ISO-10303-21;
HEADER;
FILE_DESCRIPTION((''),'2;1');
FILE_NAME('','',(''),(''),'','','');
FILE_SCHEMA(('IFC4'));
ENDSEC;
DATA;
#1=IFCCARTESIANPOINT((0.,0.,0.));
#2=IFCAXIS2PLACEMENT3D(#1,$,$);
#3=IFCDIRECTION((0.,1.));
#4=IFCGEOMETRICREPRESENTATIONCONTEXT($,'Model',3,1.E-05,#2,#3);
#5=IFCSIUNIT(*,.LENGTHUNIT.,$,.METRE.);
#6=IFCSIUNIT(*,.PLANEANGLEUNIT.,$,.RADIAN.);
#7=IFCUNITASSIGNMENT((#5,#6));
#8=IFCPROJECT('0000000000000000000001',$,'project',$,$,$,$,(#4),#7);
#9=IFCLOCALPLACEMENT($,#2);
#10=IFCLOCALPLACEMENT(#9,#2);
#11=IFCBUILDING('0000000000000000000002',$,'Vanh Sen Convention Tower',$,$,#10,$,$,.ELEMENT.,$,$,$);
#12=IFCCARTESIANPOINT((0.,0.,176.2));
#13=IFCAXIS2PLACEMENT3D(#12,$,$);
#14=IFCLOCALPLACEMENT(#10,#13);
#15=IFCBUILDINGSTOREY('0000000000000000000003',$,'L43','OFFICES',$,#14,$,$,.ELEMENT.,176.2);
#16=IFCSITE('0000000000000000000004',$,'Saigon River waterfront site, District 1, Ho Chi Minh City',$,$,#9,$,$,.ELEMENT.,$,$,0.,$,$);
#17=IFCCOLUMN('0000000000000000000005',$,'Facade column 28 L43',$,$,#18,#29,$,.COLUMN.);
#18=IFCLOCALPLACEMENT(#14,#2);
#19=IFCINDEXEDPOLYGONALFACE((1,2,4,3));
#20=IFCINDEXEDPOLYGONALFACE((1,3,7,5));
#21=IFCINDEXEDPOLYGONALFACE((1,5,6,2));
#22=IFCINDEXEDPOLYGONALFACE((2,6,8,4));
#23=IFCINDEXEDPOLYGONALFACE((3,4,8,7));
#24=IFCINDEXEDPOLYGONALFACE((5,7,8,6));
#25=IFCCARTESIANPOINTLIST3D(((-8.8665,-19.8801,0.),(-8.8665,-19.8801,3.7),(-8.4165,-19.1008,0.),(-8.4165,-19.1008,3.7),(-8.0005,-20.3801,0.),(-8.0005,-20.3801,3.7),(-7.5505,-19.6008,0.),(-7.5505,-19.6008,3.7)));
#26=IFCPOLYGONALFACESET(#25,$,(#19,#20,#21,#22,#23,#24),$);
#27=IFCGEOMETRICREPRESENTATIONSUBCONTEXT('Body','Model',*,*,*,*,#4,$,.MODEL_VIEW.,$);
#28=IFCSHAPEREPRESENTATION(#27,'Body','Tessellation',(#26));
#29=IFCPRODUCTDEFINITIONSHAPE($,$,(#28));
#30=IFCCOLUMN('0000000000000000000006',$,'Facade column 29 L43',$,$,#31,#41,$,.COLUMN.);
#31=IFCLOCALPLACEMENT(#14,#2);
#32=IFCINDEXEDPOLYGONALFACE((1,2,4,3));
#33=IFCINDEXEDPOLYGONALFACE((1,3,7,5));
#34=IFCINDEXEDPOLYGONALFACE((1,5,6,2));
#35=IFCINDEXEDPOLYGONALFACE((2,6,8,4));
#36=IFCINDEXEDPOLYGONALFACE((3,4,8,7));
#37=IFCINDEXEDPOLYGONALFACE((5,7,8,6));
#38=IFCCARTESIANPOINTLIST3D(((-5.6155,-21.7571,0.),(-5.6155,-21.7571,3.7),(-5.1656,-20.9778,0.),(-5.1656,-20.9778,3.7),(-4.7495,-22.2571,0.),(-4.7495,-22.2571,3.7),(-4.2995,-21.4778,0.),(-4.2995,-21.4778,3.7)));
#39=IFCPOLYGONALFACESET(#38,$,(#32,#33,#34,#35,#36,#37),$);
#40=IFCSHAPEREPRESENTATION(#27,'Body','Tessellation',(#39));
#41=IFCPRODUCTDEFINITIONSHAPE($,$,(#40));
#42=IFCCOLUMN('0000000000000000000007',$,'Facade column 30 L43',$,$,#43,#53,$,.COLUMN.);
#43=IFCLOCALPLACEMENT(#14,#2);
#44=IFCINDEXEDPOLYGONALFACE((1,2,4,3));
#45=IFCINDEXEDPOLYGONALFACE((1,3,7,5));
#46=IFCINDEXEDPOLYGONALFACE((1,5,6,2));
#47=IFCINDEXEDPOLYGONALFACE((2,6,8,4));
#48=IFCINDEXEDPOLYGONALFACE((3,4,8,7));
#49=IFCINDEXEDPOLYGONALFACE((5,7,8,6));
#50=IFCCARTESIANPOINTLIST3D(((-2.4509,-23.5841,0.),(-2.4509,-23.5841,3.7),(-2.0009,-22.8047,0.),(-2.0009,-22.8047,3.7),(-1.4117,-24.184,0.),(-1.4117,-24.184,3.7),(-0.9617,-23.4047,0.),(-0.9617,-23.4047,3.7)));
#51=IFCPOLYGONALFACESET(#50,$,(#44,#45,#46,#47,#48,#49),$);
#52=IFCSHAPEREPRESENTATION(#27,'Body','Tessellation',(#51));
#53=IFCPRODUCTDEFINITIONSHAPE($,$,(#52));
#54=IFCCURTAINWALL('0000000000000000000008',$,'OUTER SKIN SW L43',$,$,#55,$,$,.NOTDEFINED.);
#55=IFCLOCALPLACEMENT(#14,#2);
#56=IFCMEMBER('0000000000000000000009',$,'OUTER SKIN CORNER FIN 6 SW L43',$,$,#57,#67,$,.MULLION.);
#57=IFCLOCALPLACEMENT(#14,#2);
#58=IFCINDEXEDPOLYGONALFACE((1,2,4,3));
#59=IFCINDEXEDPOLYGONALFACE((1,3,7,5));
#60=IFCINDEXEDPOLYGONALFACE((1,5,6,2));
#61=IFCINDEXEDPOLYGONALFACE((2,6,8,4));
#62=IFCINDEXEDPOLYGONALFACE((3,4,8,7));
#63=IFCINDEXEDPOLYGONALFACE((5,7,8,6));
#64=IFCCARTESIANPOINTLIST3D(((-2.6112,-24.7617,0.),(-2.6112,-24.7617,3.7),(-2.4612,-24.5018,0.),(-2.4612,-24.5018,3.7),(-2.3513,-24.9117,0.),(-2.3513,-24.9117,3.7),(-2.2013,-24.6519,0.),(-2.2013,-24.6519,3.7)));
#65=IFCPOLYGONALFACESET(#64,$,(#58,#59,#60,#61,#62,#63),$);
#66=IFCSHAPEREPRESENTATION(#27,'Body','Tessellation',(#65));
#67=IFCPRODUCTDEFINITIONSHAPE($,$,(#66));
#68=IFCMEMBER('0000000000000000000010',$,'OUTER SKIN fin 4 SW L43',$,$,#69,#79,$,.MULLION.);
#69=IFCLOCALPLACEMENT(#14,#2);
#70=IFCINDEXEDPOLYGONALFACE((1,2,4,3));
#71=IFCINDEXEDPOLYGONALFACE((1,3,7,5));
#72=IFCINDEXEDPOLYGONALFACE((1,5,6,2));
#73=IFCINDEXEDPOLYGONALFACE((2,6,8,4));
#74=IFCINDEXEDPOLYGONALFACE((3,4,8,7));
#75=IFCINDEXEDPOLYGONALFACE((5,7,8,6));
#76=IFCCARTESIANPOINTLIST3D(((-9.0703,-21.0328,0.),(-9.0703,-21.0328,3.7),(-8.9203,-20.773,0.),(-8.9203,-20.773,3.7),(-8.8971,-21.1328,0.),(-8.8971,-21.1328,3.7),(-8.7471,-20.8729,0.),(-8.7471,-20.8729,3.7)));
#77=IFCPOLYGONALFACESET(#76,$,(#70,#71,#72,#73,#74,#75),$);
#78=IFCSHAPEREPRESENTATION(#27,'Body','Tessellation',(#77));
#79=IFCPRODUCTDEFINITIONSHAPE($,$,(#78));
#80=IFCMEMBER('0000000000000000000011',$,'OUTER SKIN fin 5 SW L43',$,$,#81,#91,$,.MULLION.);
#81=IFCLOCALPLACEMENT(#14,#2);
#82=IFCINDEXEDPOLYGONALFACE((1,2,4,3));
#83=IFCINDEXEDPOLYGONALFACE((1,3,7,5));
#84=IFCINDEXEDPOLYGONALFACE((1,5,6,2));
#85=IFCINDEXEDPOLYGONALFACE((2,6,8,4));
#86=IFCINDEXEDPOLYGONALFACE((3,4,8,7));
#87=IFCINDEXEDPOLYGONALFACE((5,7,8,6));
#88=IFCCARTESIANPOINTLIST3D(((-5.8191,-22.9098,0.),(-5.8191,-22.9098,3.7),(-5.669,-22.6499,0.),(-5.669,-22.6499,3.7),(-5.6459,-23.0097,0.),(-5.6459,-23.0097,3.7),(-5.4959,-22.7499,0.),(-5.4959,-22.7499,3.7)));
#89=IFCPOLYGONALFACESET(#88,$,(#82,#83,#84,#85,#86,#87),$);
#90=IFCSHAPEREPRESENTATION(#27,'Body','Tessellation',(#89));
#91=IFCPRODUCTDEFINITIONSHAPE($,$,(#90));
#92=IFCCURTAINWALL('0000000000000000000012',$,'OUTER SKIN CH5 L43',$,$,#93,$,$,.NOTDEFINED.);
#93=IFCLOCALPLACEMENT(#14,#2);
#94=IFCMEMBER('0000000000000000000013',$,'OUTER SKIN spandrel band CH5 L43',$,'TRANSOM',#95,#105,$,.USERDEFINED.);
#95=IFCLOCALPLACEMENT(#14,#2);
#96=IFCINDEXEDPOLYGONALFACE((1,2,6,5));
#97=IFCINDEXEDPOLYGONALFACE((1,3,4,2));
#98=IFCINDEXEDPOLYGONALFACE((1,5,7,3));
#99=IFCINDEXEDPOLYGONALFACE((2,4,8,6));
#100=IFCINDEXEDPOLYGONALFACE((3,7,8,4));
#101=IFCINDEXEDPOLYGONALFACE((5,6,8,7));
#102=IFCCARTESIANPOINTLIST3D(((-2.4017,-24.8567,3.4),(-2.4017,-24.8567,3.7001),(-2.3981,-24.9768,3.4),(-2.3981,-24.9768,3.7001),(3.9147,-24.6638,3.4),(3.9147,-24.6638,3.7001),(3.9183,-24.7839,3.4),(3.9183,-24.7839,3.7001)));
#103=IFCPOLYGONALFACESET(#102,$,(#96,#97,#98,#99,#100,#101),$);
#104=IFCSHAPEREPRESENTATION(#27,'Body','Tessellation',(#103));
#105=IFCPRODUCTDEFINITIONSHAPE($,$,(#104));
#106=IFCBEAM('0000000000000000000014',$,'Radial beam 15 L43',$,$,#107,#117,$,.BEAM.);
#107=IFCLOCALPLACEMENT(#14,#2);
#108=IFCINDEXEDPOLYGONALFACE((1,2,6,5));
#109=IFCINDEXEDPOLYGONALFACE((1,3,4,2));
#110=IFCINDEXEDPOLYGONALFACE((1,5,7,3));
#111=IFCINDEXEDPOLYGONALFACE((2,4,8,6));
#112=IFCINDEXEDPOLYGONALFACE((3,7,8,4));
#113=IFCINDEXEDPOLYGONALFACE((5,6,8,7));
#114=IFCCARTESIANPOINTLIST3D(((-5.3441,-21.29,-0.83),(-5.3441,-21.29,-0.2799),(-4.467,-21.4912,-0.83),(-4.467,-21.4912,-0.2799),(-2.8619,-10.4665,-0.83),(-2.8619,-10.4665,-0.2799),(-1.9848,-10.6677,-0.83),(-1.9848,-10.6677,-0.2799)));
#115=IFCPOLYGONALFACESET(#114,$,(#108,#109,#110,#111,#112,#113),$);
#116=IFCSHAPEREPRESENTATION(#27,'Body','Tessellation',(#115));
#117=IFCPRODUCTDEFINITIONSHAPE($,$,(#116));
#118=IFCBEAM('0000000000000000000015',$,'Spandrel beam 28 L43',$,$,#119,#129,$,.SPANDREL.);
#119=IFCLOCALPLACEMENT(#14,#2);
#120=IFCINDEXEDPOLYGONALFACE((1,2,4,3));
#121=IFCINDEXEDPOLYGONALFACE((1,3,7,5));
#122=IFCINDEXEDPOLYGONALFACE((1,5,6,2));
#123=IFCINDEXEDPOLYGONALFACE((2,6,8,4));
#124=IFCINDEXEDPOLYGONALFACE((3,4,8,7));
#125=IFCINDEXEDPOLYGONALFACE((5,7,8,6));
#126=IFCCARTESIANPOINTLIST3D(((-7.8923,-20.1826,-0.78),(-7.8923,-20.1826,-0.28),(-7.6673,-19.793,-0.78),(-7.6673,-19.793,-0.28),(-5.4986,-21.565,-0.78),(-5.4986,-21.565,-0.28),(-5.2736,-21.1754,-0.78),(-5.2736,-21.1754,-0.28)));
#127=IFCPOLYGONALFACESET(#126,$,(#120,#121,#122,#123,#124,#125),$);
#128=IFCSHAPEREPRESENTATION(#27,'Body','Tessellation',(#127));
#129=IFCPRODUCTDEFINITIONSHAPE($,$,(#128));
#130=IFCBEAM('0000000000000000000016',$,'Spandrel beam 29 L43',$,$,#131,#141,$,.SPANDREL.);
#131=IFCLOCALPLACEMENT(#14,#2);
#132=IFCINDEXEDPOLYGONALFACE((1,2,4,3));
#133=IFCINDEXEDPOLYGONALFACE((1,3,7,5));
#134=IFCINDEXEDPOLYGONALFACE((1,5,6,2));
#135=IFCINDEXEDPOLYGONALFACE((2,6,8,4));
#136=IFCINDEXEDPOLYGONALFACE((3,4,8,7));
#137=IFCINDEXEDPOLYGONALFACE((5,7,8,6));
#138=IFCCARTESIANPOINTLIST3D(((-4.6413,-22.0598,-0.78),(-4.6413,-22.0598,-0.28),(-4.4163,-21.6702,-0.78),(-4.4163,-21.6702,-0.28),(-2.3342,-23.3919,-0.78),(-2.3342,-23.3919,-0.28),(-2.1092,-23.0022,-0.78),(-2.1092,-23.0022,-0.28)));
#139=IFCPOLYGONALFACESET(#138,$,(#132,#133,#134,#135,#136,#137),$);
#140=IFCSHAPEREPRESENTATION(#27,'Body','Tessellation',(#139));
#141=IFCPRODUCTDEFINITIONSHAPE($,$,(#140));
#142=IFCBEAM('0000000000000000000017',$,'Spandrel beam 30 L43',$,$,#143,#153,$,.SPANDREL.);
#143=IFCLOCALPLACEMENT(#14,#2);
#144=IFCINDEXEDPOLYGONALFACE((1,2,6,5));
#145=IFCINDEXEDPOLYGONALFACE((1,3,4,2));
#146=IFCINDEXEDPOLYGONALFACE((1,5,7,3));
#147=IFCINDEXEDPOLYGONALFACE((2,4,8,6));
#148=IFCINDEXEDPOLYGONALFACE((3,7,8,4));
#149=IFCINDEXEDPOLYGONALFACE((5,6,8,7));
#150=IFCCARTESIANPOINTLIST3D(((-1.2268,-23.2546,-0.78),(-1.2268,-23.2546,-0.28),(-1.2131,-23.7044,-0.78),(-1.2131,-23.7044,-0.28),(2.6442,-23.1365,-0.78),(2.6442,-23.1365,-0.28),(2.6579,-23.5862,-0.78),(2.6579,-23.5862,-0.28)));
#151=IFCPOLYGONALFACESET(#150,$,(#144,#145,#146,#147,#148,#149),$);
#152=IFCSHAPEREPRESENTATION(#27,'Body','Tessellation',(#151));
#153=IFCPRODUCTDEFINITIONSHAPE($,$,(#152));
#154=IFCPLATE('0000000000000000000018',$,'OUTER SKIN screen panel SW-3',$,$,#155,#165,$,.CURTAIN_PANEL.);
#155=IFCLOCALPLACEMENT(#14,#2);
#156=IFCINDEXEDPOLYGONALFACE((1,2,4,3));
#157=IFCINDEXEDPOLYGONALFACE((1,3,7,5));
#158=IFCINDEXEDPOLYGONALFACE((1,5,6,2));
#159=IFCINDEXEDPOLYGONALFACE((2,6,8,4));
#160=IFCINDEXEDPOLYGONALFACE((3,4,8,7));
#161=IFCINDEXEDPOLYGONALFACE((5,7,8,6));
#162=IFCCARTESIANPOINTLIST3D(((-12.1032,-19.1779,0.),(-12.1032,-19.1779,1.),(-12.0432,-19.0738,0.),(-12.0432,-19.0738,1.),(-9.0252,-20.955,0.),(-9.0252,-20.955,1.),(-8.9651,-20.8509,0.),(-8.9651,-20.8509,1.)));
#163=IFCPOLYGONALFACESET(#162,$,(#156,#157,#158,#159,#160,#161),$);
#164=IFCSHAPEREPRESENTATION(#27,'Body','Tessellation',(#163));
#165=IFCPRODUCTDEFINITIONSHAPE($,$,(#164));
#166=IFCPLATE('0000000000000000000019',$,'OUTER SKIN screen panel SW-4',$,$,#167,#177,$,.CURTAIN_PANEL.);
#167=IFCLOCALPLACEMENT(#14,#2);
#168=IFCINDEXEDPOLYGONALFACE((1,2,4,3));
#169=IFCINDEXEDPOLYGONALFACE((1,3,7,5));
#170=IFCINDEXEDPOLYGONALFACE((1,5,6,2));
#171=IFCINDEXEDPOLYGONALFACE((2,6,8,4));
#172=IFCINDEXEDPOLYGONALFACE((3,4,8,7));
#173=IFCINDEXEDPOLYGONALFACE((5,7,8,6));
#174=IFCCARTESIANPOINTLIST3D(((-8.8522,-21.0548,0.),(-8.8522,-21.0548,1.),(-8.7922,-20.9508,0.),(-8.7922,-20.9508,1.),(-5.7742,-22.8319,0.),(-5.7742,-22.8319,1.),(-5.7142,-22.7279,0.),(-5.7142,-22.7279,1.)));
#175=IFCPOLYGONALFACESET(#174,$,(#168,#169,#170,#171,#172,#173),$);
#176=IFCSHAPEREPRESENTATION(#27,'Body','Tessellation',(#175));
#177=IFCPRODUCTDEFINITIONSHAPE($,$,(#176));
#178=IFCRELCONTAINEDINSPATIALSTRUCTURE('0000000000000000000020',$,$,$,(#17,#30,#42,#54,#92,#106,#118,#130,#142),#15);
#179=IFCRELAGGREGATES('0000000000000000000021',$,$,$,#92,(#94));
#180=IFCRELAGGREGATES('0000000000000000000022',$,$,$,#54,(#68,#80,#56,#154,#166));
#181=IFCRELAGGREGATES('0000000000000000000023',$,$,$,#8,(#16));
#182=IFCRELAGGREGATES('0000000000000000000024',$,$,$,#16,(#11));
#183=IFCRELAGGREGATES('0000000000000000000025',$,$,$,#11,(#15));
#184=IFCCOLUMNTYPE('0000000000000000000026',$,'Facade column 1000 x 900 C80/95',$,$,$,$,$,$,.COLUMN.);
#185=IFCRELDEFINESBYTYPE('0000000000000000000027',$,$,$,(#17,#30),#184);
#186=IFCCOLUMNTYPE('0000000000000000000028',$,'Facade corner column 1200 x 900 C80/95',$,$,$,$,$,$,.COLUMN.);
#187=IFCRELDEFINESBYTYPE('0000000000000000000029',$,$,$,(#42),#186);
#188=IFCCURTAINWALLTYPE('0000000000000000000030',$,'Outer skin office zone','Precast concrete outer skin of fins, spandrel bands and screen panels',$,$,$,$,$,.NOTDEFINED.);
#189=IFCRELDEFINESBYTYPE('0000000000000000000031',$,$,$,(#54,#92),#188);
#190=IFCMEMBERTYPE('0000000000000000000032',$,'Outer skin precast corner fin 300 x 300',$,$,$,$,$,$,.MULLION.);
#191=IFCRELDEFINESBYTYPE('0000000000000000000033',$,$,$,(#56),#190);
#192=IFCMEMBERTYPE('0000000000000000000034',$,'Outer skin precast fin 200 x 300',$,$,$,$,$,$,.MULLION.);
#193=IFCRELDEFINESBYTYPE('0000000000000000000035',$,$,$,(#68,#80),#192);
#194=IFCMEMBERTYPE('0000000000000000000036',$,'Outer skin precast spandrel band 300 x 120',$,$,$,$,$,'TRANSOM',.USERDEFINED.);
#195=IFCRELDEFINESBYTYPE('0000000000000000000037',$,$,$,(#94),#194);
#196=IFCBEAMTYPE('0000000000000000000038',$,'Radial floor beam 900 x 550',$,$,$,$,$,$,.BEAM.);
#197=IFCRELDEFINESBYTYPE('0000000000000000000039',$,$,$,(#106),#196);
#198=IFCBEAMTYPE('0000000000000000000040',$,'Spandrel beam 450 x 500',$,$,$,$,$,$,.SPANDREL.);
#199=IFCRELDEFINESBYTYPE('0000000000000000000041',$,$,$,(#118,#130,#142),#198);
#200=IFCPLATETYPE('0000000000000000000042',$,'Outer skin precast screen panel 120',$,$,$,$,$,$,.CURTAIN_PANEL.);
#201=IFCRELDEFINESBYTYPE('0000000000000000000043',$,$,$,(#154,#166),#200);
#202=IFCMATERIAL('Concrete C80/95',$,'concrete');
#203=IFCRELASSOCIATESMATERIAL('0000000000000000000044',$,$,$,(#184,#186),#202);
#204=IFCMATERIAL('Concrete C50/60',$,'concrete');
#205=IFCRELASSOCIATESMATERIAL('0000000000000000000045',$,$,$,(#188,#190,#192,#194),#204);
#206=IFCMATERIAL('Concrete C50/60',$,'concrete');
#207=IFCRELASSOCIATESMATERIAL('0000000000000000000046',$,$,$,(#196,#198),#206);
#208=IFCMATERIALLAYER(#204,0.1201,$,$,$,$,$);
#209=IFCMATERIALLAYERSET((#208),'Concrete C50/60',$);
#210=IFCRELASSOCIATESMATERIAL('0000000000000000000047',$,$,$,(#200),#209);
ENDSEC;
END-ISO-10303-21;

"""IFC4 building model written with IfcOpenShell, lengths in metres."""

from ifc_helpers import new_model, si_unit, direction, frame, origin, origin_2d, place, context, subcontext, project, spatial, rectangle, extrude, material, layer, layer_set, material_profile, profile_set, type_object, element, aggregate, save


model = new_model("IFC4")

# Units and contexts
model_context = context("Model", 3, precision=1e-05, world=origin(), true_north=direction((0.0, 1.0)))
body_context = subcontext(model_context, "Body", "Model", "MODEL_VIEW")
ifc_project = project(units=[si_unit("LENGTHUNIT", "METRE"), si_unit("PLANEANGLEUNIT", "RADIAN")], contexts=[model_context])

# Site, building, storey
site_placement = place(None, origin())
site = spatial("IfcSite", under=ifc_project, at=site_placement, Name="Saigon River waterfront site, District 1, Ho Chi Minh City", CompositionType="ELEMENT", RefElevation=0.0)
building_placement = place(site_placement, origin())
building = spatial("IfcBuilding", under=site, at=building_placement, Name="Vanh Sen Convention Tower", CompositionType="ELEMENT")
storey_placement = place(building_placement, frame((0.0, 0.0, 176.2)))
storey = spatial("IfcBuildingStorey", under=building, at=storey_placement, Name="L43", Description="OFFICES", CompositionType="ELEMENT", Elevation=176.2)

# Columns
ifc_material_1 = material(Name="Concrete C80/95", Category="concrete")
ifc_material_profile_1 = material_profile(ifc_material_1, rectangle(XDim=1.0, YDim=0.8999, at=origin_2d()), Name="RC 1000X900")
ifc_profile_set_1 = profile_set([ifc_material_profile_1], Name="Concrete C80/95")
column_type_1 = type_object("IfcColumnType", Name="Facade column 1000 x 900 C80/95", PredefinedType="COLUMN", material=ifc_profile_set_1)
for number, where, z_axis, x_axis, name in (
    (1, (-8.2085, -19.7405, 0.0), (0.0, 0.0, 1.0), (0.866025, -0.5, 0.0), "Facade column 28 L43"),
    (2, (-4.9575, -21.6174, 0.0), (0.0, 0.0, 1.0), (0.866025, -0.5, 0.0), "Facade column 29 L43"),
):
    element("IfcColumn", number, at=place(storey_placement, frame(where, z_axis=z_axis, x_axis=x_axis)), inside=storey, type_object=column_type_1, Name=name, PredefinedType="COLUMN", context=body_context, shape_type="SweptSolid", body=[
        extrude(rectangle(XDim=1.0, YDim=0.8999, at=origin_2d()), origin(), (0.0, 0.0, 1.0), 3.7),
    ])
ifc_material_profile_2 = material_profile(ifc_material_1, rectangle(XDim=1.2, YDim=0.8999, at=origin_2d()), Name="RC 1200X900")
ifc_profile_set_2 = profile_set([ifc_material_profile_2], Name="Concrete C80/95")
column_type_2 = type_object("IfcColumnType", Name="Facade corner column 1200 x 900 C80/95", PredefinedType="COLUMN", material=ifc_profile_set_2)
column_placement = place(storey_placement, frame((-1.7063, -23.4944, 0.0), z_axis=(0.0, 0.0, 1.0), x_axis=(0.866025, -0.5, 0.0)))
element("IfcColumn", 3, at=column_placement, inside=storey, type_object=column_type_2, Name="Facade column 30 L43", PredefinedType="COLUMN", context=body_context, shape_type="SweptSolid", body=[
    extrude(rectangle(XDim=1.2, YDim=0.8999, at=origin_2d()), origin(), (0.0, 0.0, 1.0), 3.7),
])

# Curtain wall, members
ifc_material_2 = material(Name="Concrete C50/60", Category="concrete")
curtain_wall_type = type_object("IfcCurtainWallType", Name="Outer skin office zone", Description="Precast concrete outer skin of fins, spandrel bands and screen panels", PredefinedType="NOTDEFINED", material=ifc_material_2)
curtain_wall_1_placement = place(storey_placement, origin())
curtain_wall_1 = element("IfcCurtainWall", 4, at=curtain_wall_1_placement, inside=storey, type_object=curtain_wall_type, Name="OUTER SKIN SW L43", PredefinedType="NOTDEFINED")
ifc_material_profile_3 = material_profile(ifc_material_2, rectangle(XDim=0.3, YDim=0.3, at=origin_2d()), Name="Outer skin precast corner fin 300 x 300")
ifc_profile_set_3 = profile_set([ifc_material_profile_3], Name="Concrete C50/60")
member_type_1 = type_object("IfcMemberType", Name="Outer skin precast corner fin 300 x 300", PredefinedType="MULLION", material=ifc_profile_set_3)
member_1_placement = place(storey_placement, frame((-2.4062, -24.7068, 0.0), z_axis=(0.0, 0.0, 1.0), x_axis=(0.866025, -0.5, 0.0)))
member_1 = element("IfcMember", 5, at=member_1_placement, type_object=member_type_1, Name="OUTER SKIN CORNER FIN 6 SW L43", PredefinedType="MULLION", context=body_context, shape_type="SweptSolid", body=[
    extrude(rectangle(XDim=0.3, YDim=0.3, at=origin_2d()), origin(), (0.0, 0.0, 1.0), 3.7),
])
ifc_material_profile_4 = material_profile(ifc_material_2, rectangle(XDim=0.2, YDim=0.3, at=origin_2d()), Name="Outer skin precast fin 200 x 300")
ifc_profile_set_4 = profile_set([ifc_material_profile_4], Name="Concrete C50/60")
member_type_2 = type_object("IfcMemberType", Name="Outer skin precast fin 200 x 300", PredefinedType="MULLION", material=ifc_profile_set_4)
member_2_placement = place(storey_placement, frame((-8.9087, -20.9529, 0.0), z_axis=(0.0, 0.0, 1.0), x_axis=(0.866025, -0.5, 0.0)))
member_2 = element("IfcMember", 6, at=member_2_placement, type_object=member_type_2, Name="OUTER SKIN fin 4 SW L43", PredefinedType="MULLION", context=body_context, shape_type="SweptSolid", body=[
    extrude(rectangle(XDim=0.2, YDim=0.3, at=origin_2d()), origin(), (0.0, 0.0, 1.0), 3.7),
])
member_3_placement = place(storey_placement, frame((-5.6575, -22.8298, 0.0), z_axis=(0.0, 0.0, 1.0), x_axis=(0.866025, -0.5, 0.0)))
member_3 = element("IfcMember", 7, at=member_3_placement, type_object=member_type_2, Name="OUTER SKIN fin 5 SW L43", PredefinedType="MULLION", context=body_context, shape_type="SweptSolid", body=[
    extrude(rectangle(XDim=0.2, YDim=0.3, at=origin_2d()), origin(), (0.0, 0.0, 1.0), 3.7),
])

# Curtain wall, member
curtain_wall_2_placement = place(storey_placement, origin())
curtain_wall_2 = element("IfcCurtainWall", 8, at=curtain_wall_2_placement, inside=storey, type_object=curtain_wall_type, Name="OUTER SKIN CH5 L43", PredefinedType="NOTDEFINED")
ifc_material_profile_5 = material_profile(ifc_material_2, rectangle(XDim=0.1201, YDim=0.3, at=origin_2d()), Name="Outer skin precast spandrel band 300 x 120")
ifc_profile_set_5 = profile_set([ifc_material_profile_5], Name="Concrete C50/60")
member_type_3 = type_object("IfcMemberType", Name="Outer skin precast spandrel band 300 x 120", ElementType="TRANSOM", PredefinedType="USERDEFINED", material=ifc_profile_set_5)
member_4_placement = place(storey_placement, frame((-2.3999, -24.9167, 3.55), z_axis=(0.999534, 0.030521, 0.0), x_axis=(-0.030521, 0.999534, 0.0)))
member_4 = element("IfcMember", 9, at=member_4_placement, type_object=member_type_3, Name="OUTER SKIN spandrel band CH5 L43", ObjectType="TRANSOM", PredefinedType="USERDEFINED", context=body_context, shape_type="SweptSolid", body=[
    extrude(rectangle(XDim=0.1201, YDim=0.3, at=origin_2d()), origin(), (0.0, 0.0, 1.0), 6.3193),
])
aggregate(curtain_wall_2, [member_4])

# Beams
ifc_material_3 = material(Name="Concrete C50/60", Category="concrete")
ifc_material_profile_6 = material_profile(ifc_material_3, rectangle(XDim=0.8999, YDim=0.55, at=origin_2d()), Name="RC 900X550")
ifc_profile_set_6 = profile_set([ifc_material_profile_6], Name="Concrete C50/60")
beam_type_1 = type_object("IfcBeamType", Name="Radial floor beam 900 x 550", PredefinedType="BEAM", material=ifc_profile_set_6)
beam_1_placement = place(storey_placement, frame((-4.9055, -21.3906, -0.5549), z_axis=(0.22353, 0.974697, 0.0), x_axis=(-0.974697, 0.22353, 0.0)))
element("IfcBeam", 10, at=beam_1_placement, inside=storey, type_object=beam_type_1, Name="Radial beam 15 L43", PredefinedType="BEAM", context=body_context, shape_type="SweptSolid", body=[
    extrude(rectangle(XDim=0.8999, YDim=0.55, at=origin_2d()), origin(), (0.0, 0.0, 1.0), 11.1045),
])
ifc_material_profile_7 = material_profile(ifc_material_3, rectangle(XDim=0.45, YDim=0.5, at=origin_2d()), Name="RC 450X500")
ifc_profile_set_7 = profile_set([ifc_material_profile_7], Name="Concrete C50/60")
beam_type_2 = type_object("IfcBeamType", Name="Spandrel beam 450 x 500", PredefinedType="SPANDREL", material=ifc_profile_set_7)
beam_2_placement = place(storey_placement, frame((-7.7798, -19.9878, -0.53), z_axis=(0.865962, -0.50011, 0.0), x_axis=(0.50011, 0.865962, 0.0)))
element("IfcBeam", 11, at=beam_2_placement, inside=storey, type_object=beam_type_2, Name="Spandrel beam 28 L43", PredefinedType="SPANDREL", context=body_context, shape_type="SweptSolid", body=[
    extrude(rectangle(XDim=0.45, YDim=0.5, at=origin_2d()), origin(), (0.0, 0.0, 1.0), 2.7642),
])
beam_3_placement = place(storey_placement, frame((-4.5288, -21.865, -0.53), z_axis=(0.866024, -0.500003, 0.0), x_axis=(0.500003, 0.866024, 0.0)))
element("IfcBeam", 12, at=beam_3_placement, inside=storey, type_object=beam_type_2, Name="Spandrel beam 29 L43", PredefinedType="SPANDREL", context=body_context, shape_type="SweptSolid", body=[
    extrude(rectangle(XDim=0.45, YDim=0.5, at=origin_2d()), origin(), (0.0, 0.0, 1.0), 2.6641),
])
beam_4_placement = place(storey_placement, frame((-1.22, -23.4795, -0.53), z_axis=(0.999534, 0.030511, 0.0), x_axis=(-0.030511, 0.999534, 0.0)))
element("IfcBeam", 13, at=beam_4_placement, inside=storey, type_object=beam_type_2, Name="Spandrel beam 30 L43", PredefinedType="SPANDREL", context=body_context, shape_type="SweptSolid", body=[
    extrude(rectangle(XDim=0.45, YDim=0.5, at=origin_2d()), origin(), (0.0, 0.0, 1.0), 3.8728),
])

# Plates
ifc_layer_1 = layer(ifc_material_2, 0.1201)
ifc_layer_set_1 = layer_set([ifc_layer_1], Name="Concrete C50/60")
plate_type = type_object("IfcPlateType", Name="Outer skin precast screen panel 120", PredefinedType="CURTAIN_PANEL", material=ifc_layer_set_1)
plate_1_placement = place(storey_placement, frame((-10.5342, -20.0144, 0.0), z_axis=(0.0, 0.0, 1.0), x_axis=(0.866024, -0.500003, 0.0)))
plate_1 = element("IfcPlate", 14, at=plate_1_placement, type_object=plate_type, Name="OUTER SKIN screen panel SW-3", PredefinedType="CURTAIN_PANEL", context=body_context, shape_type="SweptSolid", body=[
    extrude(rectangle(XDim=3.5542, YDim=0.1201, at=origin_2d()), origin(), (0.0, 0.0, 1.0), 1.0),
])
plate_2_placement = place(storey_placement, frame((-7.2832, -21.8914, 0.0), z_axis=(0.0, 0.0, 1.0), x_axis=(0.866017, -0.500015, 0.0)))
plate_2 = element("IfcPlate", 15, at=plate_2_placement, type_object=plate_type, Name="OUTER SKIN screen panel SW-4", PredefinedType="CURTAIN_PANEL", context=body_context, shape_type="SweptSolid", body=[
    extrude(rectangle(XDim=3.5542, YDim=0.1201, at=origin_2d()), origin(), (0.0, 0.0, 1.0), 1.0),
])
aggregate(curtain_wall_1, [member_2, member_3, member_1, plate_1, plate_2])

save(model, "model.ifc")
